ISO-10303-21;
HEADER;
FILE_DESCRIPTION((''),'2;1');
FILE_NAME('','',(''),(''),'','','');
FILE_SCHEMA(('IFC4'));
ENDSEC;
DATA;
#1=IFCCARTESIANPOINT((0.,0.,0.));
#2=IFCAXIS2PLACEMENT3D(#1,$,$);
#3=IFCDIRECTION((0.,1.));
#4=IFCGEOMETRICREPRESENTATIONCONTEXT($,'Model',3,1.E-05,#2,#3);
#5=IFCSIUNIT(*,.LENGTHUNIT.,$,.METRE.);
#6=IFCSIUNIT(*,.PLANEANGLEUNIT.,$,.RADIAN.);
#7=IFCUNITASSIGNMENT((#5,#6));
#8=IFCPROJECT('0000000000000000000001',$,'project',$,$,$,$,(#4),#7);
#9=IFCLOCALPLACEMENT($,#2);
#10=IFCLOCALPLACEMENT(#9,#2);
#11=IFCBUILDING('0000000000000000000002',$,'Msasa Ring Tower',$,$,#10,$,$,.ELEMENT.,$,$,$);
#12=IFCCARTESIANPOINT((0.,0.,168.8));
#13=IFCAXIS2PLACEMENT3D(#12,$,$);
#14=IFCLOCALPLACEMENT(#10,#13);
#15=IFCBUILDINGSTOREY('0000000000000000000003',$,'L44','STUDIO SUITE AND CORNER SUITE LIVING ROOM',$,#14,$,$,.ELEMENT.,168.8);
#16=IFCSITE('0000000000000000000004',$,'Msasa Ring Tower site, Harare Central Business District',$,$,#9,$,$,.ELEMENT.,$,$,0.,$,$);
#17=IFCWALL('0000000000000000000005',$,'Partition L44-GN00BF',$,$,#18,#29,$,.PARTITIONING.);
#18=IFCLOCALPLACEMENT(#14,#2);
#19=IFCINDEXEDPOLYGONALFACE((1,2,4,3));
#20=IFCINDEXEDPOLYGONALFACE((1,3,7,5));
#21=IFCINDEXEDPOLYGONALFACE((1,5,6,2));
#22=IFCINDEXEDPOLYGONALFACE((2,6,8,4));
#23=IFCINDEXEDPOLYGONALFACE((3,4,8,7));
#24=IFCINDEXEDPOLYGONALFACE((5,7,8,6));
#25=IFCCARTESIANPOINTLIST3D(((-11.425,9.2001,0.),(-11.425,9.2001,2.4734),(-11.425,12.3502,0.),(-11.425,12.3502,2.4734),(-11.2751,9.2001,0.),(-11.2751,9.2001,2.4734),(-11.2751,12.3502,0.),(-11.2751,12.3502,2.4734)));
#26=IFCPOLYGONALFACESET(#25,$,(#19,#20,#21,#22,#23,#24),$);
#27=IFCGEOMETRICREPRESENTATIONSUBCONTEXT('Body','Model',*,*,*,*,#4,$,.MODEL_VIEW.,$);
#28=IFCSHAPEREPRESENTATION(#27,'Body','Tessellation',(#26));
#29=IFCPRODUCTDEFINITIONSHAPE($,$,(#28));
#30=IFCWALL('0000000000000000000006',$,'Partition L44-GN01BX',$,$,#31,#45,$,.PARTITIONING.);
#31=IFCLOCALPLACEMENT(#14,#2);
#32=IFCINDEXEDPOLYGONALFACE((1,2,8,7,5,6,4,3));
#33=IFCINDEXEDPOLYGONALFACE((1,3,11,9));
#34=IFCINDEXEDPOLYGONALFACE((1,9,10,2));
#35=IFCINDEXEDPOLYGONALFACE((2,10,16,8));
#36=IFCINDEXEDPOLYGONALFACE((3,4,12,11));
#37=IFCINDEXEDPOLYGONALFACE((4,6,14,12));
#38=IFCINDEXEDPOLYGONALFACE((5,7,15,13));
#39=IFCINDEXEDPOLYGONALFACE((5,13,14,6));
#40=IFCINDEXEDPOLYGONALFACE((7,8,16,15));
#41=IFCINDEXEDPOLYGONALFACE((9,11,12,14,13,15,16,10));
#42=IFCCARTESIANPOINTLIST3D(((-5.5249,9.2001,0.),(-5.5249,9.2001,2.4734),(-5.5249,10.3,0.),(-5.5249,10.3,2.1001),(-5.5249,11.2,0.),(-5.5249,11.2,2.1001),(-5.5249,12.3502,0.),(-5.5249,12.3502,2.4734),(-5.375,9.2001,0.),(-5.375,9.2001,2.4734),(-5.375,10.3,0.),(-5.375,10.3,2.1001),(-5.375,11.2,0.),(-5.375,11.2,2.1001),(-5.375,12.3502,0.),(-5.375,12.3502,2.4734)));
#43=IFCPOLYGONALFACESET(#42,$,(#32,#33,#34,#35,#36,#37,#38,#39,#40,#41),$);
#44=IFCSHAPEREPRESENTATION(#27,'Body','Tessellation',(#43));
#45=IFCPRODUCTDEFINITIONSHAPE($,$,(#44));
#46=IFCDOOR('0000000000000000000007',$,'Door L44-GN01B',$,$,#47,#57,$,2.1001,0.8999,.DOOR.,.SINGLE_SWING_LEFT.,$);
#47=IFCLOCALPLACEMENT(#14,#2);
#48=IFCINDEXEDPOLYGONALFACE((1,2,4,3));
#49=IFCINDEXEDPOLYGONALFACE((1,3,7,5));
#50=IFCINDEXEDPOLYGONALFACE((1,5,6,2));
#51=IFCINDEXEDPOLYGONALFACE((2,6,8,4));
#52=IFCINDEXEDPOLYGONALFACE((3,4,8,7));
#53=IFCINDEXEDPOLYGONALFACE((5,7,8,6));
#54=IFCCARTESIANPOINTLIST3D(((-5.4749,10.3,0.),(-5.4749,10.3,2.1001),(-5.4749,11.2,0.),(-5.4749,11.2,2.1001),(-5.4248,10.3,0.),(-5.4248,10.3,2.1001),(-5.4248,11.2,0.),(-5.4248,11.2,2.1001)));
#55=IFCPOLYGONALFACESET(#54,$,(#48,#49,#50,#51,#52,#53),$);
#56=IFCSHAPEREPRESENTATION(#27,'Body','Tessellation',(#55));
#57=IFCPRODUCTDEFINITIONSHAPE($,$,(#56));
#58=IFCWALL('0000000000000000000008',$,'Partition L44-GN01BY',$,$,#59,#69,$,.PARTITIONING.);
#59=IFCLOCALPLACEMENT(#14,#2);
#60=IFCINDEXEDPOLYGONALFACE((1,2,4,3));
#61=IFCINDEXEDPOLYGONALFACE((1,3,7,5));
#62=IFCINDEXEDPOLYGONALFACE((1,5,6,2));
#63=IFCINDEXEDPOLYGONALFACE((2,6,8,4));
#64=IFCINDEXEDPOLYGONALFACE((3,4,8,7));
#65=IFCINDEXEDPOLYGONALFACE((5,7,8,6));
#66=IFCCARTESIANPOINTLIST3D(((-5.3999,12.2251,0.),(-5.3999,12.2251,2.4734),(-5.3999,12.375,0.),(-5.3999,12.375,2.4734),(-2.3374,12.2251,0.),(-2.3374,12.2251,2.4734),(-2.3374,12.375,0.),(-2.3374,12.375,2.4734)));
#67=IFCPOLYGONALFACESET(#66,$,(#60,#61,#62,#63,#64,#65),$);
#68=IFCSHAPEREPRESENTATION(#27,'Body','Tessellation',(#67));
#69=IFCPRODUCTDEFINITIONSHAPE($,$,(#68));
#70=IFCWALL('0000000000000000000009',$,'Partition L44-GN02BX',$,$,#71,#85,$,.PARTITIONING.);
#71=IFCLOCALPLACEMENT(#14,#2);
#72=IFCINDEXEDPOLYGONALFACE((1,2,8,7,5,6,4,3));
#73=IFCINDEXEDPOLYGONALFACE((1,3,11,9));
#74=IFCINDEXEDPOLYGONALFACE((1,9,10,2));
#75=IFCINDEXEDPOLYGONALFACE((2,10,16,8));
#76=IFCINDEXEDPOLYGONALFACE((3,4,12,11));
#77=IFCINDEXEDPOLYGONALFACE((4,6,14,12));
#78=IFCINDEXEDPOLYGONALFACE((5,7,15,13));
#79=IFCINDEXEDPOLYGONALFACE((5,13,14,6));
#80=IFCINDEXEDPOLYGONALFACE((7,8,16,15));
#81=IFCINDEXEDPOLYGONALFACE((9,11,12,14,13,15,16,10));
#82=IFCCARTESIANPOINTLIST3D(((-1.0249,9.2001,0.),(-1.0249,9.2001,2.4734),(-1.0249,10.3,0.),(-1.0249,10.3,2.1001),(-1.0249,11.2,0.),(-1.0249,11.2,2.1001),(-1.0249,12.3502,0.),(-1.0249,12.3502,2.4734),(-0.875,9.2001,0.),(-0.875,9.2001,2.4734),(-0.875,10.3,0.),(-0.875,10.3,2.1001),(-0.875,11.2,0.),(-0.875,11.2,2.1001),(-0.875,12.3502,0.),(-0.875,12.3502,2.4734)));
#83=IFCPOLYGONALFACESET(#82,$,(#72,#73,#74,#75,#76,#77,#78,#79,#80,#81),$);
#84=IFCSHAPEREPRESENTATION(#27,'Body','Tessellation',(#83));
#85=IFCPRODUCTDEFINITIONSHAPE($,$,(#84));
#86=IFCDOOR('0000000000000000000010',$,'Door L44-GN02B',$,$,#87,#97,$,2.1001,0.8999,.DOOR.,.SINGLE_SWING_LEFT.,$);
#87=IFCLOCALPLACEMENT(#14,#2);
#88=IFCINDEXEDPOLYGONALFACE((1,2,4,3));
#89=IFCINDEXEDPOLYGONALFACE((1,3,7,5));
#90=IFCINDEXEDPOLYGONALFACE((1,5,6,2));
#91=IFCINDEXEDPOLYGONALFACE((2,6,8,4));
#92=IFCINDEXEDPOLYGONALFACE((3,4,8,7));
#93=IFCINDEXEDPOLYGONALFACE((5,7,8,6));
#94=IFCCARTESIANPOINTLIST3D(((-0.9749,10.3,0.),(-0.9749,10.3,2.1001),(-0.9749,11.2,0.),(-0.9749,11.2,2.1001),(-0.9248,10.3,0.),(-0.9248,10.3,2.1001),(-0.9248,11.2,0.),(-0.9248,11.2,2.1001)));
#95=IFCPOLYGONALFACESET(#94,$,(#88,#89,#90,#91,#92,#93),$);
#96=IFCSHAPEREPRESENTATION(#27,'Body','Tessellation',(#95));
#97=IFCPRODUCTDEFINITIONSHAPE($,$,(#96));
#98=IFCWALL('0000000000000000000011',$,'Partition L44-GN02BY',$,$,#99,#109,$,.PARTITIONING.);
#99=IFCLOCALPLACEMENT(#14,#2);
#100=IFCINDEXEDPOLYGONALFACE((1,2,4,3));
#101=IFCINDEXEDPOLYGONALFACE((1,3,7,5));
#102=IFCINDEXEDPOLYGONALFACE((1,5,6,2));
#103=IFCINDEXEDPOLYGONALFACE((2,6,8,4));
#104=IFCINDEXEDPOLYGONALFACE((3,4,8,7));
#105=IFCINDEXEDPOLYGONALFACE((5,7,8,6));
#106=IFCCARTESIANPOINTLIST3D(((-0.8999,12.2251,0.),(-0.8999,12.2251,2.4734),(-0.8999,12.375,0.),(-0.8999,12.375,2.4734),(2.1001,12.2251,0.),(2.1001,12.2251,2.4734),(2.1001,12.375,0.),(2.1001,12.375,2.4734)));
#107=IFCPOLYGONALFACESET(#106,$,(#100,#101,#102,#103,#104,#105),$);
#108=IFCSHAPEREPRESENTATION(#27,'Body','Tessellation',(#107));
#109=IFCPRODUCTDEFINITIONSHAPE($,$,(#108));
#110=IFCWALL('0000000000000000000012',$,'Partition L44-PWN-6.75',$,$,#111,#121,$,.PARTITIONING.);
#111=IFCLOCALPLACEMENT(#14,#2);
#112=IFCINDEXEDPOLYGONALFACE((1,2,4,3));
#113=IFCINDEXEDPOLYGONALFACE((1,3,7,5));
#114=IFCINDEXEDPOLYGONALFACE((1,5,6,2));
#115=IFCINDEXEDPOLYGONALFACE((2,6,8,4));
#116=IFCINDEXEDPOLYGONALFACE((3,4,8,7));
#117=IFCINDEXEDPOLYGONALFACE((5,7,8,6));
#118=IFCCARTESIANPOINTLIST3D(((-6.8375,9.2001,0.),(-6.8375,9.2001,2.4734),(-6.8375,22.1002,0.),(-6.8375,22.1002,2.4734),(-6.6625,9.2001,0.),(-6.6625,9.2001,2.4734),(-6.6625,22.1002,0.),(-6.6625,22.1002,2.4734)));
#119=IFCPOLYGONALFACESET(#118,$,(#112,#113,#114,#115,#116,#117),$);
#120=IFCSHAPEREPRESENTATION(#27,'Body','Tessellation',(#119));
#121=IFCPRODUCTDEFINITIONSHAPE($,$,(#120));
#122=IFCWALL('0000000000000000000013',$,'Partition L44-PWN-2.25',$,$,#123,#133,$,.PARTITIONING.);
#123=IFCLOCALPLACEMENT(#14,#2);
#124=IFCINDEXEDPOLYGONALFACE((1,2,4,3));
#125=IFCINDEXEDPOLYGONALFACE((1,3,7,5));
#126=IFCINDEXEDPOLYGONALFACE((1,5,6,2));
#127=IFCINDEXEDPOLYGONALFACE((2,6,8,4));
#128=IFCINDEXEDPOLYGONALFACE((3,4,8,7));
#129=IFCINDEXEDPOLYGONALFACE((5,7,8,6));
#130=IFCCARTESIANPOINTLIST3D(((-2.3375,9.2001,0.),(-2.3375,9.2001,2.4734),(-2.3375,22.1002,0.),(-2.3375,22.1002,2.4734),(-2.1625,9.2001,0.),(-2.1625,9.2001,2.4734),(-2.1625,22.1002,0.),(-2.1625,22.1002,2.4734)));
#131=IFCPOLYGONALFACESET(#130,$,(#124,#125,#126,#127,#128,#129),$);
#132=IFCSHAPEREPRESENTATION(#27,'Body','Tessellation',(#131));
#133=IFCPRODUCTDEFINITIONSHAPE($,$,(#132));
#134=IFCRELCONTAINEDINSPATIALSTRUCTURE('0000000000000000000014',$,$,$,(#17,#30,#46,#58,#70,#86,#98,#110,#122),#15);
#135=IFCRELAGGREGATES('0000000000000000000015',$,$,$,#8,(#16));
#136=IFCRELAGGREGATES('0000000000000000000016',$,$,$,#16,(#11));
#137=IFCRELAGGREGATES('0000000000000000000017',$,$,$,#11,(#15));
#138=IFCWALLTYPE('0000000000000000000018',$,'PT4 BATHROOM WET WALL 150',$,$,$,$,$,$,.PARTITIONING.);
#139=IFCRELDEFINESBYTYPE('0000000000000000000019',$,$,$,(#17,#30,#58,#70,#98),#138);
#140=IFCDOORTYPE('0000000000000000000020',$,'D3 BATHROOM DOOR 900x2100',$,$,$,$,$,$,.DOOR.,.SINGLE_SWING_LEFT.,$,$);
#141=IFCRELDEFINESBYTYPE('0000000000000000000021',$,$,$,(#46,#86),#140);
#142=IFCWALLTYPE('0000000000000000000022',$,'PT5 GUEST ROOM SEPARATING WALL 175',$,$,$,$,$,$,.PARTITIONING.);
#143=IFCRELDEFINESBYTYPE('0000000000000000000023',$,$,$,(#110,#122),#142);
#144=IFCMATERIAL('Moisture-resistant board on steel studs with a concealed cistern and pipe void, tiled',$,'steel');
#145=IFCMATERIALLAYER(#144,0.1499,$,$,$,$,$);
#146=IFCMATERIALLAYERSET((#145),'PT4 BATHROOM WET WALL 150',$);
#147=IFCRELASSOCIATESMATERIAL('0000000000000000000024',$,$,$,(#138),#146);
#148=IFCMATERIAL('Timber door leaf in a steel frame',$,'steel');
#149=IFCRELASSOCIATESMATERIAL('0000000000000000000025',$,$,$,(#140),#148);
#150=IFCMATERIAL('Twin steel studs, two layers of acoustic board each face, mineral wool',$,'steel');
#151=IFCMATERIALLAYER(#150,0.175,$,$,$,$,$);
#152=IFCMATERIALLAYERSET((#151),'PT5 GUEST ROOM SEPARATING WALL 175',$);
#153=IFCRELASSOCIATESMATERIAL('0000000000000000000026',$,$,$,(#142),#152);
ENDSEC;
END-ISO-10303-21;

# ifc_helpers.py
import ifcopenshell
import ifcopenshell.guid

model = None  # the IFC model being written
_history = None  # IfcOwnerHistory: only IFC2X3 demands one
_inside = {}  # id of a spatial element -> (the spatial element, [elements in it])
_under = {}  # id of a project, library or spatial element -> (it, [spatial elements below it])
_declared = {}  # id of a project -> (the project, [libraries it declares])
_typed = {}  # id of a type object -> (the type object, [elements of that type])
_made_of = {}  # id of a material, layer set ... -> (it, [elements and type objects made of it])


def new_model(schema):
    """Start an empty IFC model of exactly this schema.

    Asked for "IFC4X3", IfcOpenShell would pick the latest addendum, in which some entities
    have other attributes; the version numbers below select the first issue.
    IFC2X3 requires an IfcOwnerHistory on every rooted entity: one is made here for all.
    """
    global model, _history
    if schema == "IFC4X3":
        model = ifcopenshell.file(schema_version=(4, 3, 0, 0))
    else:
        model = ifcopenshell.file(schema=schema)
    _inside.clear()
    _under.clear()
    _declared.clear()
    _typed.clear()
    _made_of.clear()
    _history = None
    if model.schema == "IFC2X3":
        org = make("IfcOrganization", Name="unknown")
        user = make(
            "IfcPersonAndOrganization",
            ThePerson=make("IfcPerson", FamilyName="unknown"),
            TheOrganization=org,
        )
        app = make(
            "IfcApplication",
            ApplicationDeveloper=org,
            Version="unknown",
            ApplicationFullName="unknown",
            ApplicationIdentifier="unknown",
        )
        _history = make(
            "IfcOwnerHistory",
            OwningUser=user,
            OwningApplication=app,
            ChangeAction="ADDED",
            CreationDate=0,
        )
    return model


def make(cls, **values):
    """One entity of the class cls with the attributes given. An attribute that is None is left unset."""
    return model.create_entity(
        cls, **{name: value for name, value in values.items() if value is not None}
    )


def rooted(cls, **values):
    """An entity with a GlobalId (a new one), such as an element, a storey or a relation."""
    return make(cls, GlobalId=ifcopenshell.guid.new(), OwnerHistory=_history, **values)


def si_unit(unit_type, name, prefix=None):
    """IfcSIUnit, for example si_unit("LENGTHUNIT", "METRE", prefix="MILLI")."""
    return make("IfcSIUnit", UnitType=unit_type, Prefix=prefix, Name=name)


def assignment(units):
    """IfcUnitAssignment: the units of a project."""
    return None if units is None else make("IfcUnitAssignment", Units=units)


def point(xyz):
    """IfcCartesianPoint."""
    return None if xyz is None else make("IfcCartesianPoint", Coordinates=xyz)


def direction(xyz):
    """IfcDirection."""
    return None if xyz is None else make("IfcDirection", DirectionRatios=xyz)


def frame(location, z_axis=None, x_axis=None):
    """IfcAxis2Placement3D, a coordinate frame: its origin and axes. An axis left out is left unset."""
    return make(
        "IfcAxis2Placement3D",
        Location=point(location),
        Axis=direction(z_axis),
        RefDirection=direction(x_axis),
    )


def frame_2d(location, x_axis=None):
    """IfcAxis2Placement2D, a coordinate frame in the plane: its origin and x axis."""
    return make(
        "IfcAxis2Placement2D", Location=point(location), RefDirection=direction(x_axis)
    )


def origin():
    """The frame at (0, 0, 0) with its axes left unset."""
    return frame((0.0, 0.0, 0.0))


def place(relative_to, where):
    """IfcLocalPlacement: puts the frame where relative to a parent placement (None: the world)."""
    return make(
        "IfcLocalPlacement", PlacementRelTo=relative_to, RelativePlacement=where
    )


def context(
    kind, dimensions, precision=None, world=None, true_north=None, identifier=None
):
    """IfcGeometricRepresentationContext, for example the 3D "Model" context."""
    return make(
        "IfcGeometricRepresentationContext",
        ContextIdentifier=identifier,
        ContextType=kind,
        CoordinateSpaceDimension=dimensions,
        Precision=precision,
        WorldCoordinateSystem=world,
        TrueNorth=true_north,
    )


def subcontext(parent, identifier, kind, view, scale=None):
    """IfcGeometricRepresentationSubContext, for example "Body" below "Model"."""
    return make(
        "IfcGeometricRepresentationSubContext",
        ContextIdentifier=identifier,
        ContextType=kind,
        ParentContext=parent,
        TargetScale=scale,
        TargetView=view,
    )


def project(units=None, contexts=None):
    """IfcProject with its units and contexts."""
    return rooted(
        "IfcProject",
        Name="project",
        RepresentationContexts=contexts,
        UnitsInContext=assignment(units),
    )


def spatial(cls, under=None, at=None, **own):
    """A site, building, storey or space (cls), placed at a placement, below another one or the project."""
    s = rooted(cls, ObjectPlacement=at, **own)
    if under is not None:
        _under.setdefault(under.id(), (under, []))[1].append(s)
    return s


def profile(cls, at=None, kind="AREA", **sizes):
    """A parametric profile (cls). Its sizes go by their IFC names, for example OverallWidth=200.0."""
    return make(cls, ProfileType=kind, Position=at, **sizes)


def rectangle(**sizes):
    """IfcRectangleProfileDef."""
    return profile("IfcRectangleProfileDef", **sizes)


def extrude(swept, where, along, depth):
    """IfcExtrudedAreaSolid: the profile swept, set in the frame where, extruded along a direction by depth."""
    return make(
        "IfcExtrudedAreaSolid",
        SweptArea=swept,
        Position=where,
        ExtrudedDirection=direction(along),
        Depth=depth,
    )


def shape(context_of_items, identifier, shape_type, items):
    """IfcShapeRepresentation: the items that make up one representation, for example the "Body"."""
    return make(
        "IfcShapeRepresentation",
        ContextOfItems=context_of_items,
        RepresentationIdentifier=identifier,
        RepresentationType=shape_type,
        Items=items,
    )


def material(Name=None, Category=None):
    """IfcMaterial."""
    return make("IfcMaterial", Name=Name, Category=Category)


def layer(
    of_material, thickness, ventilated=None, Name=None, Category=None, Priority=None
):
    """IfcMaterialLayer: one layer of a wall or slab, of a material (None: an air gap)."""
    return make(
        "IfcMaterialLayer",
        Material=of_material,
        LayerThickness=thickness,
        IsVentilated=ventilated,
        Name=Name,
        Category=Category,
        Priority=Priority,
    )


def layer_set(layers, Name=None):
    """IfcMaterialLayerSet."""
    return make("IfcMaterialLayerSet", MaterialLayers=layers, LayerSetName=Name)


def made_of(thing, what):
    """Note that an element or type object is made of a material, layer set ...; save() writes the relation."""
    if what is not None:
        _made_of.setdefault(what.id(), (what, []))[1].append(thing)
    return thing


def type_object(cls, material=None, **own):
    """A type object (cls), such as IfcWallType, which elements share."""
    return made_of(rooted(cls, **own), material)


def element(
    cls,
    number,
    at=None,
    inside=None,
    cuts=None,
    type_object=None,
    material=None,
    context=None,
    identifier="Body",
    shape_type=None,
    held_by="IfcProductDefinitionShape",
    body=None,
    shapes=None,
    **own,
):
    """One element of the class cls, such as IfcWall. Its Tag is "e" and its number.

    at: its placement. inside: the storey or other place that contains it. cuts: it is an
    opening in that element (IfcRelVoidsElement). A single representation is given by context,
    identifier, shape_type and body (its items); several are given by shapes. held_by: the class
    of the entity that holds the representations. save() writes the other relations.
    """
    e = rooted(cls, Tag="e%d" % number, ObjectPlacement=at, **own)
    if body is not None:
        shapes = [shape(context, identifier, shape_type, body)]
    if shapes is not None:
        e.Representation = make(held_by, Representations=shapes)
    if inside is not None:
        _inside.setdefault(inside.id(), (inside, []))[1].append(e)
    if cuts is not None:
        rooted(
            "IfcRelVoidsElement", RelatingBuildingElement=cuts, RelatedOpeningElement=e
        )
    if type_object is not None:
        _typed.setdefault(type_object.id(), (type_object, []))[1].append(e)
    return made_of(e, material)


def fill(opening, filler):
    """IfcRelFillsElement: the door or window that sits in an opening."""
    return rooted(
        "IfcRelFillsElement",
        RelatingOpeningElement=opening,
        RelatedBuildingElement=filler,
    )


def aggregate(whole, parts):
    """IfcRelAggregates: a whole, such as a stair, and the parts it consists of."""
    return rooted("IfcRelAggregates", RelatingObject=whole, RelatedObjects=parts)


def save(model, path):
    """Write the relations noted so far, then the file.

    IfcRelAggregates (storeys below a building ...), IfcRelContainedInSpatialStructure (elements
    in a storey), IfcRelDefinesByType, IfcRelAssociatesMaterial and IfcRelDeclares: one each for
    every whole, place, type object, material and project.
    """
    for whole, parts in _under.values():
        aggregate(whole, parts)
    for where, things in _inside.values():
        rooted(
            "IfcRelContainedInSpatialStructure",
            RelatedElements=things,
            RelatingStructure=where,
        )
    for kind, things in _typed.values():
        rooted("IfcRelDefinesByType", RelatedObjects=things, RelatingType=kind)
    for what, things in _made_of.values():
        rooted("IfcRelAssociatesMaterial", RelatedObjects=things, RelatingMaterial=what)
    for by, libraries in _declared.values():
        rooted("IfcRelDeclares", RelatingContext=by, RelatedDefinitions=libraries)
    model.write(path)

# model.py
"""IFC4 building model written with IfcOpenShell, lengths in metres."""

from ifc_helpers import new_model, si_unit, direction, frame, frame_2d, origin, place, context, subcontext, project, spatial, rectangle, extrude, material, layer, layer_set, type_object, element, fill, save


model = new_model("IFC4")

# Units and contexts
model_context = context("Model", 3, precision=1e-05, world=origin(), true_north=direction((0.0, 1.0)))
body_context = subcontext(model_context, "Body", "Model", "MODEL_VIEW")
ifc_project = project(units=[si_unit("LENGTHUNIT", "METRE"), si_unit("PLANEANGLEUNIT", "RADIAN")], contexts=[model_context])

# Site, building, storey
site_placement = place(None, origin())
site = spatial("IfcSite", under=ifc_project, at=site_placement, Name="Msasa Ring Tower site, Harare Central Business District", CompositionType="ELEMENT", RefElevation=0.0)
building_placement = place(site_placement, origin())
building = spatial("IfcBuilding", under=site, at=building_placement, Name="Msasa Ring Tower", CompositionType="ELEMENT")
storey_placement = place(building_placement, frame((0.0, 0.0, 168.8)))
storey = spatial("IfcBuildingStorey", under=building, at=storey_placement, Name="L44", Description="STUDIO SUITE AND CORNER SUITE LIVING ROOM", CompositionType="ELEMENT", Elevation=168.8)

# Wall
ifc_material_1 = material(Name="Moisture-resistant board on steel studs with a concealed cistern and pipe void, tiled", Category="steel")
ifc_layer_1 = layer(ifc_material_1, 0.1499)
ifc_layer_set_1 = layer_set([ifc_layer_1], Name="PT4 BATHROOM WET WALL 150")
wall_type_1 = type_object("IfcWallType", Name="PT4 BATHROOM WET WALL 150", PredefinedType="PARTITIONING", material=ifc_layer_set_1)
wall_1_placement = place(storey_placement, frame((-11.3501, 9.2, 0.0), z_axis=(0.0, 0.0, 1.0), x_axis=(0.0, 1.0, 0.0)))
element("IfcWall", 1, at=wall_1_placement, inside=storey, type_object=wall_type_1, Name="Partition L44-GN00BF", PredefinedType="PARTITIONING", context=body_context, shape_type="SweptSolid", body=[
    extrude(rectangle(XDim=3.1501, YDim=0.1499, at=frame_2d((1.5752, 0.0))), origin(), (0.0, 0.0, 1.0), 2.4734),
])

# Wall, opening, door
wall_2_placement = place(storey_placement, frame((-5.45, 9.2, 0.0), z_axis=(0.0, 0.0, 1.0), x_axis=(0.0, 1.0, 0.0)))
wall_2 = element("IfcWall", 2, at=wall_2_placement, inside=storey, type_object=wall_type_1, Name="Partition L44-GN01BX", PredefinedType="PARTITIONING", context=body_context, shape_type="SweptSolid", body=[
    extrude(rectangle(XDim=3.1501, YDim=0.1499, at=frame_2d((1.5752, 0.0))), origin(), (0.0, 0.0, 1.0), 2.4734),
])
opening_1_placement = place(wall_2_placement, frame((1.1001, 0.0, 0.0)))
opening_1 = element("IfcOpeningElement", 3, at=opening_1_placement, cuts=wall_2, PredefinedType="OPENING", context=body_context, shape_type="SweptSolid", body=[
    extrude(rectangle(XDim=0.8999, YDim=2.1001, at=frame_2d((0.45, 1.05))), frame((0.0, 0.085, 0.0), z_axis=(0.0, -1.0, 0.0), x_axis=(1.0, 0.0, 0.0)), (0.0, 0.0, 1.0), 0.1699),
])
ifc_material_2 = material(Name="Timber door leaf in a steel frame", Category="steel")
door_type = type_object("IfcDoorType", Name="D3 BATHROOM DOOR 900x2100", OperationType="SINGLE_SWING_LEFT", PredefinedType="DOOR", material=ifc_material_2)
door_1_placement = place(opening_1_placement, origin())
door_1 = element("IfcDoor", 4, at=door_1_placement, inside=storey, type_object=door_type, Name="Door L44-GN01B", OperationType="SINGLE_SWING_LEFT", OverallHeight=2.1001, OverallWidth=0.8999, PredefinedType="DOOR", context=body_context, shape_type="SweptSolid", body=[
    extrude(rectangle(XDim=0.8999, YDim=2.1001, at=frame_2d((0.45, 1.05))), frame((0.0, 0.0249, 0.0), z_axis=(0.0, -1.0, 0.0), x_axis=(1.0, 0.0, 0.0)), (0.0, 0.0, 1.0), 0.05),
])
fill(opening_1, door_1)

# Wall
wall_3_placement = place(storey_placement, frame((-5.3999, 12.3, 0.0), z_axis=(0.0, 0.0, 1.0), x_axis=(1.0, 0.0, 0.0)))
element("IfcWall", 5, at=wall_3_placement, inside=storey, type_object=wall_type_1, Name="Partition L44-GN01BY", PredefinedType="PARTITIONING", context=body_context, shape_type="SweptSolid", body=[
    extrude(rectangle(XDim=3.0625, YDim=0.1499, at=frame_2d((1.5312, 0.0))), origin(), (0.0, 0.0, 1.0), 2.4734),
])

# Wall, opening, door
wall_4_placement = place(storey_placement, frame((-0.95, 9.2, 0.0), z_axis=(0.0, 0.0, 1.0), x_axis=(0.0, 1.0, 0.0)))
wall_4 = element("IfcWall", 6, at=wall_4_placement, inside=storey, type_object=wall_type_1, Name="Partition L44-GN02BX", PredefinedType="PARTITIONING", context=body_context, shape_type="SweptSolid", body=[
    extrude(rectangle(XDim=3.1501, YDim=0.1499, at=frame_2d((1.5752, 0.0))), origin(), (0.0, 0.0, 1.0), 2.4734),
])
opening_2_placement = place(wall_4_placement, frame((1.1001, 0.0, 0.0)))
opening_2 = element("IfcOpeningElement", 7, at=opening_2_placement, cuts=wall_4, PredefinedType="OPENING", context=body_context, shape_type="SweptSolid", body=[
    extrude(rectangle(XDim=0.8999, YDim=2.1001, at=frame_2d((0.45, 1.05))), frame((0.0, 0.085, 0.0), z_axis=(0.0, -1.0, 0.0), x_axis=(1.0, 0.0, 0.0)), (0.0, 0.0, 1.0), 0.1699),
])
door_2_placement = place(opening_2_placement, origin())
door_2 = element("IfcDoor", 8, at=door_2_placement, inside=storey, type_object=door_type, Name="Door L44-GN02B", OperationType="SINGLE_SWING_LEFT", OverallHeight=2.1001, OverallWidth=0.8999, PredefinedType="DOOR", context=body_context, shape_type="SweptSolid", body=[
    extrude(rectangle(XDim=0.8999, YDim=2.1001, at=frame_2d((0.45, 1.05))), frame((0.0, 0.0249, 0.0), z_axis=(0.0, -1.0, 0.0), x_axis=(1.0, 0.0, 0.0)), (0.0, 0.0, 1.0), 0.05),
])
fill(opening_2, door_2)

# Walls
wall_5_placement = place(storey_placement, frame((-0.8999, 12.3, 0.0), z_axis=(0.0, 0.0, 1.0), x_axis=(1.0, 0.0, 0.0)))
element("IfcWall", 9, at=wall_5_placement, inside=storey, type_object=wall_type_1, Name="Partition L44-GN02BY", PredefinedType="PARTITIONING", context=body_context, shape_type="SweptSolid", body=[
    extrude(rectangle(XDim=3.0, YDim=0.1499, at=frame_2d((1.5, 0.0))), origin(), (0.0, 0.0, 1.0), 2.4734),
])
ifc_material_3 = material(Name="Twin steel studs, two layers of acoustic board each face, mineral wool", Category="steel")
ifc_layer_2 = layer(ifc_material_3, 0.175)
ifc_layer_set_2 = layer_set([ifc_layer_2], Name="PT5 GUEST ROOM SEPARATING WALL 175")
wall_type_2 = type_object("IfcWallType", Name="PT5 GUEST ROOM SEPARATING WALL 175", PredefinedType="PARTITIONING", material=ifc_layer_set_2)
for number, where, z_axis, x_axis, name in (
    (10, (-6.75, 9.2, 0.0), (0.0, 0.0, 1.0), (0.0, 1.0, 0.0), "Partition L44-PWN-6.75"),
    (11, (-2.25, 9.2, 0.0), (0.0, 0.0, 1.0), (0.0, 1.0, 0.0), "Partition L44-PWN-2.25"),
):
    element("IfcWall", number, at=place(storey_placement, frame(where, z_axis=z_axis, x_axis=x_axis)), inside=storey, type_object=wall_type_2, Name=name, PredefinedType="PARTITIONING", context=body_context, shape_type="SweptSolid", body=[
        extrude(rectangle(XDim=12.9001, YDim=0.175, at=frame_2d((6.4502, 0.0))), origin(), (0.0, 0.0, 1.0), 2.4734),
    ])

save(model, "model.ifc")
